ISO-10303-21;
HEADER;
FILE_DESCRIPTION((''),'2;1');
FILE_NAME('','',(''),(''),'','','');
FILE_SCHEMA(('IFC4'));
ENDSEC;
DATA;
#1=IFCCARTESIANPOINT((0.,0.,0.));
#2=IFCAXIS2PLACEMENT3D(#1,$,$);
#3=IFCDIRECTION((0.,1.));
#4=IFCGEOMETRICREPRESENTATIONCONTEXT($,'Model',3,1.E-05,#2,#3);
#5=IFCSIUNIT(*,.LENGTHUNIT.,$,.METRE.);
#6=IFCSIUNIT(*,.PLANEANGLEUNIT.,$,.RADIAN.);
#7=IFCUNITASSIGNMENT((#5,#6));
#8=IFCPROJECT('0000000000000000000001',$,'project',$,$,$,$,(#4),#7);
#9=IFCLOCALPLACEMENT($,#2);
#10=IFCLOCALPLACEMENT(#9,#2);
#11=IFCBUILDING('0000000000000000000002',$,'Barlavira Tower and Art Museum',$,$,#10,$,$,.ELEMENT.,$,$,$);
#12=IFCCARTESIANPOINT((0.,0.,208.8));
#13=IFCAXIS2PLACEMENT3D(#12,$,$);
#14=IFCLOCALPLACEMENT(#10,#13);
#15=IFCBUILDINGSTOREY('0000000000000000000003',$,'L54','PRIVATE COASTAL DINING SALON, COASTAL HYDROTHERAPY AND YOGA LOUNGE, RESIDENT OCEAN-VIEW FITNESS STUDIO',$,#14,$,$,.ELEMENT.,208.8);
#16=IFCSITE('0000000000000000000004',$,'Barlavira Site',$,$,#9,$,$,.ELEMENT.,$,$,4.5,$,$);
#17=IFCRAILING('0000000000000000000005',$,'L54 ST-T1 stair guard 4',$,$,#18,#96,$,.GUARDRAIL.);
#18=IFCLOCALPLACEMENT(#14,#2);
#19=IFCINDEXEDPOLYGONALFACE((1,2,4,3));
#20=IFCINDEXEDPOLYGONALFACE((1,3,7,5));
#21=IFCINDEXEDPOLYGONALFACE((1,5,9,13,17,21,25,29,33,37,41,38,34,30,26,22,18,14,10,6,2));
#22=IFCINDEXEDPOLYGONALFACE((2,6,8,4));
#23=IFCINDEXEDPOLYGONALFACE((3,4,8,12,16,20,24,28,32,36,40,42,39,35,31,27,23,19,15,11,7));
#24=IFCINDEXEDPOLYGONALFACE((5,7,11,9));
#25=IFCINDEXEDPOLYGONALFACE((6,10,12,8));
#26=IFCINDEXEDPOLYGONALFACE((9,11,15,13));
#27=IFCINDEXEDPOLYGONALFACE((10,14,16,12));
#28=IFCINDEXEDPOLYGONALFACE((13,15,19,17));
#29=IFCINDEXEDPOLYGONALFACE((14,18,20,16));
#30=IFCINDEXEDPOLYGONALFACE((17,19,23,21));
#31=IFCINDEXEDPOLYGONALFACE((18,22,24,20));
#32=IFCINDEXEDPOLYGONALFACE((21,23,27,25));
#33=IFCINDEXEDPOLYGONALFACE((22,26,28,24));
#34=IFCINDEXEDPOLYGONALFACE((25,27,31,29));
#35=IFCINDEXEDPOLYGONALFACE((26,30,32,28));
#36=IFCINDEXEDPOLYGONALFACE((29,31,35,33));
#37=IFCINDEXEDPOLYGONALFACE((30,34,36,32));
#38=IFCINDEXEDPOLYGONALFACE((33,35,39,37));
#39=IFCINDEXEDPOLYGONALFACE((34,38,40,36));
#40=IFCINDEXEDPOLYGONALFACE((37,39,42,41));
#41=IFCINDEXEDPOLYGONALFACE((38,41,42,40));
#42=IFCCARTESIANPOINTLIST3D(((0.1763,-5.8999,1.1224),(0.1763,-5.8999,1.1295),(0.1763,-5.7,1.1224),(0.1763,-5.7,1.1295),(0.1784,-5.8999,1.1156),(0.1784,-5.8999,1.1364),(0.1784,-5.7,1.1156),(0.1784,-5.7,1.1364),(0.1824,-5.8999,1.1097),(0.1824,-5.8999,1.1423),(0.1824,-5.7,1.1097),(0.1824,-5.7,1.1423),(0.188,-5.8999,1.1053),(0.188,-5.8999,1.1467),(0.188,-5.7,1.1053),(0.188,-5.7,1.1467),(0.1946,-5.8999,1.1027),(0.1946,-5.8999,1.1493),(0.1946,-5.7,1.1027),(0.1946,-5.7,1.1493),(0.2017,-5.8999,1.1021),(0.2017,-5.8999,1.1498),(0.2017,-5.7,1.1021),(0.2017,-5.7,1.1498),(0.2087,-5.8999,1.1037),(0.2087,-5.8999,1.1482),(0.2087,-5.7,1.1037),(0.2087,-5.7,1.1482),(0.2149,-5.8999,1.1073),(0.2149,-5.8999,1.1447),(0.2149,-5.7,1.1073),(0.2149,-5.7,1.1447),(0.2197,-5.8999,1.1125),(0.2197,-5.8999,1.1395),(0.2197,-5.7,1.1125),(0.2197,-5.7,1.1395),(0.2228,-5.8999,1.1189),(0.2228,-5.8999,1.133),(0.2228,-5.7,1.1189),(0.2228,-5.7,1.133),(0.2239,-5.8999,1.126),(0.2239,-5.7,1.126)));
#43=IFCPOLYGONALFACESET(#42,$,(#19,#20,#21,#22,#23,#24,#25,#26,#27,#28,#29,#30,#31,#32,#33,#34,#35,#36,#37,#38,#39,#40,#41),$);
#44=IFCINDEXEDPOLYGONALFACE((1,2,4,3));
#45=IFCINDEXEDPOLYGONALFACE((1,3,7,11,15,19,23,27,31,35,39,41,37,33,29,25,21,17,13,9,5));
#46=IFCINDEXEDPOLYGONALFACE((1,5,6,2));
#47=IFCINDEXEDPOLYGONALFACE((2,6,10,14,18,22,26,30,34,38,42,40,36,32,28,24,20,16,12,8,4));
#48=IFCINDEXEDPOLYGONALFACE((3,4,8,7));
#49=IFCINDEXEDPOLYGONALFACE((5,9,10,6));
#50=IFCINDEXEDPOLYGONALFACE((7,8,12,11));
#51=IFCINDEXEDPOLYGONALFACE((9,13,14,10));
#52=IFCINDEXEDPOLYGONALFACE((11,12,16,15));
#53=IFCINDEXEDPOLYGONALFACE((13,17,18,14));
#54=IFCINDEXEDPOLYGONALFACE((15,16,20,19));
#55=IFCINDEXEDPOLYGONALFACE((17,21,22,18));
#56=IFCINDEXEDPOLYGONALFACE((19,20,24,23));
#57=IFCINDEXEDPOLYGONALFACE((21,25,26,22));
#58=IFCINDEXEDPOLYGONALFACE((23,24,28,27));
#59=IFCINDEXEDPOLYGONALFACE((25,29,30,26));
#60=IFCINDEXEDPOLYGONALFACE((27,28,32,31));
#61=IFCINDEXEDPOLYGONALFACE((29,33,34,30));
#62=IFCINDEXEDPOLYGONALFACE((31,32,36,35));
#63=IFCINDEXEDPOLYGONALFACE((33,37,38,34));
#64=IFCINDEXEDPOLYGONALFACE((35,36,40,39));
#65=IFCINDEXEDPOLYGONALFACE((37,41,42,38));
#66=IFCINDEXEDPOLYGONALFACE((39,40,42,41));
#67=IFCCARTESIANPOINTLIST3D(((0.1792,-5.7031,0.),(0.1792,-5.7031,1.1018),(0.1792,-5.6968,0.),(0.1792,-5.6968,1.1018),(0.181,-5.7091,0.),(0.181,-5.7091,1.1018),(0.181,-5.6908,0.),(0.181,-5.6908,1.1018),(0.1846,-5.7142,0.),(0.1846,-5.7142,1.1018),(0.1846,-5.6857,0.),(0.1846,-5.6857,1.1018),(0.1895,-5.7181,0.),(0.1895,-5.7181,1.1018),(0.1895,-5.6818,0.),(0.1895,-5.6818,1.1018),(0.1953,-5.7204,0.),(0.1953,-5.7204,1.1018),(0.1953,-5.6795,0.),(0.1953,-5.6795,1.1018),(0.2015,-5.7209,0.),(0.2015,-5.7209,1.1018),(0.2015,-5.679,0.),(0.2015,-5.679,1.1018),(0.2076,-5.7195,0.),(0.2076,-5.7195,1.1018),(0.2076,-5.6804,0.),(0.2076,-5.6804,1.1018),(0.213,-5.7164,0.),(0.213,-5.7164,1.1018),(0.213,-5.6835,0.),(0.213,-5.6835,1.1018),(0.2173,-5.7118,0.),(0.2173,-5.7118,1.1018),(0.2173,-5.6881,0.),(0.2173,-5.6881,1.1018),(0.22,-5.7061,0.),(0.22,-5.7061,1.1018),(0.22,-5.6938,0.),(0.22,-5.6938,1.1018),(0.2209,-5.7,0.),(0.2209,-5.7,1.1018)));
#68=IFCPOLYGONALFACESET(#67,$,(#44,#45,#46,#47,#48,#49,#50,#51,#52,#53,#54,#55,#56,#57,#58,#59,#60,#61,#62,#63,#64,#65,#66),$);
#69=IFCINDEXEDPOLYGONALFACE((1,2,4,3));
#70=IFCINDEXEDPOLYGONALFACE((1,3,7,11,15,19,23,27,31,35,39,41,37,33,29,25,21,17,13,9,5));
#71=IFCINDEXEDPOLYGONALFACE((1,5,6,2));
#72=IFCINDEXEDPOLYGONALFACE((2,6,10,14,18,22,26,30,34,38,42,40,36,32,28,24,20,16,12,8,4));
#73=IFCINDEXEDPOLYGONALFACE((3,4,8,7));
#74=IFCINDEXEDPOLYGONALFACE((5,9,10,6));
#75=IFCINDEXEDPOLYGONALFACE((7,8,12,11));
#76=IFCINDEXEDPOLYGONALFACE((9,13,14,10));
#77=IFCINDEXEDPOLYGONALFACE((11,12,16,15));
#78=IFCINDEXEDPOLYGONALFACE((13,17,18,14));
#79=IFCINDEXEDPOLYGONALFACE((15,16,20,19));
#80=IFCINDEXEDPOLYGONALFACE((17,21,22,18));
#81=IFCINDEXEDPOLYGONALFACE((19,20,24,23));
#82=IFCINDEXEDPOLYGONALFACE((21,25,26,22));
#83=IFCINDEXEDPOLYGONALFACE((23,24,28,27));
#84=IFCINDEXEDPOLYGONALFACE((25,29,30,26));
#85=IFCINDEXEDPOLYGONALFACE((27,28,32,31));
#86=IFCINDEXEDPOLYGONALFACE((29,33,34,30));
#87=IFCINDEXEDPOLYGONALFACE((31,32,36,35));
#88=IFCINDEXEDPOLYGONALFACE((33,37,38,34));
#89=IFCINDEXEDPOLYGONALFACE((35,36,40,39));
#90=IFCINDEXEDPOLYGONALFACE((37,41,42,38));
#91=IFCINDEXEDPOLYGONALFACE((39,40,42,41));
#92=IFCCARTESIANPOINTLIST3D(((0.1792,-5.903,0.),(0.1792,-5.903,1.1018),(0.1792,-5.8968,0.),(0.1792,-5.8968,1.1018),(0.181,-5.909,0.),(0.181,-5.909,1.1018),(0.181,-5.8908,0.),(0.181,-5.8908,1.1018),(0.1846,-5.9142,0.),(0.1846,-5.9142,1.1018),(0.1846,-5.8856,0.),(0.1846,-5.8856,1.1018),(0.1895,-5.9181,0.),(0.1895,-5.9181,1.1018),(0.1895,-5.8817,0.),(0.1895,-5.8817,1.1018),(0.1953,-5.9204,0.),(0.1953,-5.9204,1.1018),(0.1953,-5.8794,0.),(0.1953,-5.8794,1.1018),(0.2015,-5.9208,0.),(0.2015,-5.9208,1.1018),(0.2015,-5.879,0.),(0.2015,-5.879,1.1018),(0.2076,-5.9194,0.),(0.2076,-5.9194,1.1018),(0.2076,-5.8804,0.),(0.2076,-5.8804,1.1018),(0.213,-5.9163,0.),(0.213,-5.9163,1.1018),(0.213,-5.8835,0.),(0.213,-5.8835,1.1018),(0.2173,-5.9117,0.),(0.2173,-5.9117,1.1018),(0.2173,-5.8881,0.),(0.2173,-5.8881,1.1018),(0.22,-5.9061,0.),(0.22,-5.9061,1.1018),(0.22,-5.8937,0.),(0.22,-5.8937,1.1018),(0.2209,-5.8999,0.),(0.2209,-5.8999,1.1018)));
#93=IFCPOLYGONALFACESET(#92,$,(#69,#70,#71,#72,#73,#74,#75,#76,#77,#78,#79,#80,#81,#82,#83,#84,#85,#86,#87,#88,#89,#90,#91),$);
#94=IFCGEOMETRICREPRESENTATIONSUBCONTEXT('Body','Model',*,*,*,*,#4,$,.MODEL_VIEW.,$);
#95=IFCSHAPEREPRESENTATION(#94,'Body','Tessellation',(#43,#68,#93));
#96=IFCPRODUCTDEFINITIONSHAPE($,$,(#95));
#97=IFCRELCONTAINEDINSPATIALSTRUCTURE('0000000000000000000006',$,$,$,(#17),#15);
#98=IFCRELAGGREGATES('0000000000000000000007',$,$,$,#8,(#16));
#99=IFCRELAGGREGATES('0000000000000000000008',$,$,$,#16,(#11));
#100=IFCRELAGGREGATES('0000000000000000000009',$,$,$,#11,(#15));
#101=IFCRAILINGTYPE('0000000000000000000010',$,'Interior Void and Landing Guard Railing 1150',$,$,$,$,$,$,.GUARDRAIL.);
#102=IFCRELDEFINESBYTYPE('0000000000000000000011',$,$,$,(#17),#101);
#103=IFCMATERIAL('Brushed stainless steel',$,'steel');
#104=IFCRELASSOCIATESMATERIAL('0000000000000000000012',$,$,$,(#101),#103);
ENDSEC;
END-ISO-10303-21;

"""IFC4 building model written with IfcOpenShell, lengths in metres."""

from ifc_helpers import new_model, si_unit, direction, frame, origin, origin_2d, place, context, subcontext, project, spatial, circle, extrude, material, type_object, element, save


model = new_model("IFC4")

# Units and contexts
model_context = context("Model", 3, precision=1e-05, world=origin(), true_north=direction((0.0, 1.0)))
body_context = subcontext(model_context, "Body", "Model", "MODEL_VIEW")
ifc_project = project(units=[si_unit("LENGTHUNIT", "METRE"), si_unit("PLANEANGLEUNIT", "RADIAN")], contexts=[model_context])

# Site, building, storey
site_placement = place(None, origin())
site = spatial("IfcSite", under=ifc_project, at=site_placement, Name="Barlavira Site", CompositionType="ELEMENT", RefElevation=4.5)
building_placement = place(site_placement, origin())
building = spatial("IfcBuilding", under=site, at=building_placement, Name="Barlavira Tower and Art Museum", CompositionType="ELEMENT")
storey_placement = place(building_placement, frame((0.0, 0.0, 208.8)))
storey = spatial("IfcBuildingStorey", under=building, at=storey_placement, Name="L54", Description="PRIVATE COASTAL DINING SALON, COASTAL HYDROTHERAPY AND YOGA LOUNGE, RESIDENT OCEAN-VIEW FITNESS STUDIO", CompositionType="ELEMENT", Elevation=208.8)

# Shared definitions
ifc_material_1 = material(Name="Brushed stainless steel", Category="steel")

# Railing
railing_type = type_object("IfcRailingType", Name="Interior Void and Landing Guard Railing 1150", PredefinedType="GUARDRAIL", material=ifc_material_1)
railing_placement = place(storey_placement, frame((0.2, -5.7, 0.0)))
element("IfcRailing", 1, at=railing_placement, inside=storey, type_object=railing_type, Name="L54 ST-T1 stair guard 4", PredefinedType="GUARDRAIL", context=body_context, shape_type="SweptSolid", body=[
    extrude(circle(Radius=0.0239, at=origin_2d()), frame((0.0, 0.0, 1.126), z_axis=(0.0, -1.0, 0.0), x_axis=(1.0, 0.0, 0.0)), (0.0, 0.0, 1.0), 0.2),
    extrude(circle(Radius=0.021, at=origin_2d()), origin(), (0.0, 0.0, 1.0), 1.1018),
    extrude(circle(Radius=0.021, at=origin_2d()), frame((0.0, -0.2, 0.0)), (0.0, 0.0, 1.0), 1.1018),
])

save(model, "model.ifc")
